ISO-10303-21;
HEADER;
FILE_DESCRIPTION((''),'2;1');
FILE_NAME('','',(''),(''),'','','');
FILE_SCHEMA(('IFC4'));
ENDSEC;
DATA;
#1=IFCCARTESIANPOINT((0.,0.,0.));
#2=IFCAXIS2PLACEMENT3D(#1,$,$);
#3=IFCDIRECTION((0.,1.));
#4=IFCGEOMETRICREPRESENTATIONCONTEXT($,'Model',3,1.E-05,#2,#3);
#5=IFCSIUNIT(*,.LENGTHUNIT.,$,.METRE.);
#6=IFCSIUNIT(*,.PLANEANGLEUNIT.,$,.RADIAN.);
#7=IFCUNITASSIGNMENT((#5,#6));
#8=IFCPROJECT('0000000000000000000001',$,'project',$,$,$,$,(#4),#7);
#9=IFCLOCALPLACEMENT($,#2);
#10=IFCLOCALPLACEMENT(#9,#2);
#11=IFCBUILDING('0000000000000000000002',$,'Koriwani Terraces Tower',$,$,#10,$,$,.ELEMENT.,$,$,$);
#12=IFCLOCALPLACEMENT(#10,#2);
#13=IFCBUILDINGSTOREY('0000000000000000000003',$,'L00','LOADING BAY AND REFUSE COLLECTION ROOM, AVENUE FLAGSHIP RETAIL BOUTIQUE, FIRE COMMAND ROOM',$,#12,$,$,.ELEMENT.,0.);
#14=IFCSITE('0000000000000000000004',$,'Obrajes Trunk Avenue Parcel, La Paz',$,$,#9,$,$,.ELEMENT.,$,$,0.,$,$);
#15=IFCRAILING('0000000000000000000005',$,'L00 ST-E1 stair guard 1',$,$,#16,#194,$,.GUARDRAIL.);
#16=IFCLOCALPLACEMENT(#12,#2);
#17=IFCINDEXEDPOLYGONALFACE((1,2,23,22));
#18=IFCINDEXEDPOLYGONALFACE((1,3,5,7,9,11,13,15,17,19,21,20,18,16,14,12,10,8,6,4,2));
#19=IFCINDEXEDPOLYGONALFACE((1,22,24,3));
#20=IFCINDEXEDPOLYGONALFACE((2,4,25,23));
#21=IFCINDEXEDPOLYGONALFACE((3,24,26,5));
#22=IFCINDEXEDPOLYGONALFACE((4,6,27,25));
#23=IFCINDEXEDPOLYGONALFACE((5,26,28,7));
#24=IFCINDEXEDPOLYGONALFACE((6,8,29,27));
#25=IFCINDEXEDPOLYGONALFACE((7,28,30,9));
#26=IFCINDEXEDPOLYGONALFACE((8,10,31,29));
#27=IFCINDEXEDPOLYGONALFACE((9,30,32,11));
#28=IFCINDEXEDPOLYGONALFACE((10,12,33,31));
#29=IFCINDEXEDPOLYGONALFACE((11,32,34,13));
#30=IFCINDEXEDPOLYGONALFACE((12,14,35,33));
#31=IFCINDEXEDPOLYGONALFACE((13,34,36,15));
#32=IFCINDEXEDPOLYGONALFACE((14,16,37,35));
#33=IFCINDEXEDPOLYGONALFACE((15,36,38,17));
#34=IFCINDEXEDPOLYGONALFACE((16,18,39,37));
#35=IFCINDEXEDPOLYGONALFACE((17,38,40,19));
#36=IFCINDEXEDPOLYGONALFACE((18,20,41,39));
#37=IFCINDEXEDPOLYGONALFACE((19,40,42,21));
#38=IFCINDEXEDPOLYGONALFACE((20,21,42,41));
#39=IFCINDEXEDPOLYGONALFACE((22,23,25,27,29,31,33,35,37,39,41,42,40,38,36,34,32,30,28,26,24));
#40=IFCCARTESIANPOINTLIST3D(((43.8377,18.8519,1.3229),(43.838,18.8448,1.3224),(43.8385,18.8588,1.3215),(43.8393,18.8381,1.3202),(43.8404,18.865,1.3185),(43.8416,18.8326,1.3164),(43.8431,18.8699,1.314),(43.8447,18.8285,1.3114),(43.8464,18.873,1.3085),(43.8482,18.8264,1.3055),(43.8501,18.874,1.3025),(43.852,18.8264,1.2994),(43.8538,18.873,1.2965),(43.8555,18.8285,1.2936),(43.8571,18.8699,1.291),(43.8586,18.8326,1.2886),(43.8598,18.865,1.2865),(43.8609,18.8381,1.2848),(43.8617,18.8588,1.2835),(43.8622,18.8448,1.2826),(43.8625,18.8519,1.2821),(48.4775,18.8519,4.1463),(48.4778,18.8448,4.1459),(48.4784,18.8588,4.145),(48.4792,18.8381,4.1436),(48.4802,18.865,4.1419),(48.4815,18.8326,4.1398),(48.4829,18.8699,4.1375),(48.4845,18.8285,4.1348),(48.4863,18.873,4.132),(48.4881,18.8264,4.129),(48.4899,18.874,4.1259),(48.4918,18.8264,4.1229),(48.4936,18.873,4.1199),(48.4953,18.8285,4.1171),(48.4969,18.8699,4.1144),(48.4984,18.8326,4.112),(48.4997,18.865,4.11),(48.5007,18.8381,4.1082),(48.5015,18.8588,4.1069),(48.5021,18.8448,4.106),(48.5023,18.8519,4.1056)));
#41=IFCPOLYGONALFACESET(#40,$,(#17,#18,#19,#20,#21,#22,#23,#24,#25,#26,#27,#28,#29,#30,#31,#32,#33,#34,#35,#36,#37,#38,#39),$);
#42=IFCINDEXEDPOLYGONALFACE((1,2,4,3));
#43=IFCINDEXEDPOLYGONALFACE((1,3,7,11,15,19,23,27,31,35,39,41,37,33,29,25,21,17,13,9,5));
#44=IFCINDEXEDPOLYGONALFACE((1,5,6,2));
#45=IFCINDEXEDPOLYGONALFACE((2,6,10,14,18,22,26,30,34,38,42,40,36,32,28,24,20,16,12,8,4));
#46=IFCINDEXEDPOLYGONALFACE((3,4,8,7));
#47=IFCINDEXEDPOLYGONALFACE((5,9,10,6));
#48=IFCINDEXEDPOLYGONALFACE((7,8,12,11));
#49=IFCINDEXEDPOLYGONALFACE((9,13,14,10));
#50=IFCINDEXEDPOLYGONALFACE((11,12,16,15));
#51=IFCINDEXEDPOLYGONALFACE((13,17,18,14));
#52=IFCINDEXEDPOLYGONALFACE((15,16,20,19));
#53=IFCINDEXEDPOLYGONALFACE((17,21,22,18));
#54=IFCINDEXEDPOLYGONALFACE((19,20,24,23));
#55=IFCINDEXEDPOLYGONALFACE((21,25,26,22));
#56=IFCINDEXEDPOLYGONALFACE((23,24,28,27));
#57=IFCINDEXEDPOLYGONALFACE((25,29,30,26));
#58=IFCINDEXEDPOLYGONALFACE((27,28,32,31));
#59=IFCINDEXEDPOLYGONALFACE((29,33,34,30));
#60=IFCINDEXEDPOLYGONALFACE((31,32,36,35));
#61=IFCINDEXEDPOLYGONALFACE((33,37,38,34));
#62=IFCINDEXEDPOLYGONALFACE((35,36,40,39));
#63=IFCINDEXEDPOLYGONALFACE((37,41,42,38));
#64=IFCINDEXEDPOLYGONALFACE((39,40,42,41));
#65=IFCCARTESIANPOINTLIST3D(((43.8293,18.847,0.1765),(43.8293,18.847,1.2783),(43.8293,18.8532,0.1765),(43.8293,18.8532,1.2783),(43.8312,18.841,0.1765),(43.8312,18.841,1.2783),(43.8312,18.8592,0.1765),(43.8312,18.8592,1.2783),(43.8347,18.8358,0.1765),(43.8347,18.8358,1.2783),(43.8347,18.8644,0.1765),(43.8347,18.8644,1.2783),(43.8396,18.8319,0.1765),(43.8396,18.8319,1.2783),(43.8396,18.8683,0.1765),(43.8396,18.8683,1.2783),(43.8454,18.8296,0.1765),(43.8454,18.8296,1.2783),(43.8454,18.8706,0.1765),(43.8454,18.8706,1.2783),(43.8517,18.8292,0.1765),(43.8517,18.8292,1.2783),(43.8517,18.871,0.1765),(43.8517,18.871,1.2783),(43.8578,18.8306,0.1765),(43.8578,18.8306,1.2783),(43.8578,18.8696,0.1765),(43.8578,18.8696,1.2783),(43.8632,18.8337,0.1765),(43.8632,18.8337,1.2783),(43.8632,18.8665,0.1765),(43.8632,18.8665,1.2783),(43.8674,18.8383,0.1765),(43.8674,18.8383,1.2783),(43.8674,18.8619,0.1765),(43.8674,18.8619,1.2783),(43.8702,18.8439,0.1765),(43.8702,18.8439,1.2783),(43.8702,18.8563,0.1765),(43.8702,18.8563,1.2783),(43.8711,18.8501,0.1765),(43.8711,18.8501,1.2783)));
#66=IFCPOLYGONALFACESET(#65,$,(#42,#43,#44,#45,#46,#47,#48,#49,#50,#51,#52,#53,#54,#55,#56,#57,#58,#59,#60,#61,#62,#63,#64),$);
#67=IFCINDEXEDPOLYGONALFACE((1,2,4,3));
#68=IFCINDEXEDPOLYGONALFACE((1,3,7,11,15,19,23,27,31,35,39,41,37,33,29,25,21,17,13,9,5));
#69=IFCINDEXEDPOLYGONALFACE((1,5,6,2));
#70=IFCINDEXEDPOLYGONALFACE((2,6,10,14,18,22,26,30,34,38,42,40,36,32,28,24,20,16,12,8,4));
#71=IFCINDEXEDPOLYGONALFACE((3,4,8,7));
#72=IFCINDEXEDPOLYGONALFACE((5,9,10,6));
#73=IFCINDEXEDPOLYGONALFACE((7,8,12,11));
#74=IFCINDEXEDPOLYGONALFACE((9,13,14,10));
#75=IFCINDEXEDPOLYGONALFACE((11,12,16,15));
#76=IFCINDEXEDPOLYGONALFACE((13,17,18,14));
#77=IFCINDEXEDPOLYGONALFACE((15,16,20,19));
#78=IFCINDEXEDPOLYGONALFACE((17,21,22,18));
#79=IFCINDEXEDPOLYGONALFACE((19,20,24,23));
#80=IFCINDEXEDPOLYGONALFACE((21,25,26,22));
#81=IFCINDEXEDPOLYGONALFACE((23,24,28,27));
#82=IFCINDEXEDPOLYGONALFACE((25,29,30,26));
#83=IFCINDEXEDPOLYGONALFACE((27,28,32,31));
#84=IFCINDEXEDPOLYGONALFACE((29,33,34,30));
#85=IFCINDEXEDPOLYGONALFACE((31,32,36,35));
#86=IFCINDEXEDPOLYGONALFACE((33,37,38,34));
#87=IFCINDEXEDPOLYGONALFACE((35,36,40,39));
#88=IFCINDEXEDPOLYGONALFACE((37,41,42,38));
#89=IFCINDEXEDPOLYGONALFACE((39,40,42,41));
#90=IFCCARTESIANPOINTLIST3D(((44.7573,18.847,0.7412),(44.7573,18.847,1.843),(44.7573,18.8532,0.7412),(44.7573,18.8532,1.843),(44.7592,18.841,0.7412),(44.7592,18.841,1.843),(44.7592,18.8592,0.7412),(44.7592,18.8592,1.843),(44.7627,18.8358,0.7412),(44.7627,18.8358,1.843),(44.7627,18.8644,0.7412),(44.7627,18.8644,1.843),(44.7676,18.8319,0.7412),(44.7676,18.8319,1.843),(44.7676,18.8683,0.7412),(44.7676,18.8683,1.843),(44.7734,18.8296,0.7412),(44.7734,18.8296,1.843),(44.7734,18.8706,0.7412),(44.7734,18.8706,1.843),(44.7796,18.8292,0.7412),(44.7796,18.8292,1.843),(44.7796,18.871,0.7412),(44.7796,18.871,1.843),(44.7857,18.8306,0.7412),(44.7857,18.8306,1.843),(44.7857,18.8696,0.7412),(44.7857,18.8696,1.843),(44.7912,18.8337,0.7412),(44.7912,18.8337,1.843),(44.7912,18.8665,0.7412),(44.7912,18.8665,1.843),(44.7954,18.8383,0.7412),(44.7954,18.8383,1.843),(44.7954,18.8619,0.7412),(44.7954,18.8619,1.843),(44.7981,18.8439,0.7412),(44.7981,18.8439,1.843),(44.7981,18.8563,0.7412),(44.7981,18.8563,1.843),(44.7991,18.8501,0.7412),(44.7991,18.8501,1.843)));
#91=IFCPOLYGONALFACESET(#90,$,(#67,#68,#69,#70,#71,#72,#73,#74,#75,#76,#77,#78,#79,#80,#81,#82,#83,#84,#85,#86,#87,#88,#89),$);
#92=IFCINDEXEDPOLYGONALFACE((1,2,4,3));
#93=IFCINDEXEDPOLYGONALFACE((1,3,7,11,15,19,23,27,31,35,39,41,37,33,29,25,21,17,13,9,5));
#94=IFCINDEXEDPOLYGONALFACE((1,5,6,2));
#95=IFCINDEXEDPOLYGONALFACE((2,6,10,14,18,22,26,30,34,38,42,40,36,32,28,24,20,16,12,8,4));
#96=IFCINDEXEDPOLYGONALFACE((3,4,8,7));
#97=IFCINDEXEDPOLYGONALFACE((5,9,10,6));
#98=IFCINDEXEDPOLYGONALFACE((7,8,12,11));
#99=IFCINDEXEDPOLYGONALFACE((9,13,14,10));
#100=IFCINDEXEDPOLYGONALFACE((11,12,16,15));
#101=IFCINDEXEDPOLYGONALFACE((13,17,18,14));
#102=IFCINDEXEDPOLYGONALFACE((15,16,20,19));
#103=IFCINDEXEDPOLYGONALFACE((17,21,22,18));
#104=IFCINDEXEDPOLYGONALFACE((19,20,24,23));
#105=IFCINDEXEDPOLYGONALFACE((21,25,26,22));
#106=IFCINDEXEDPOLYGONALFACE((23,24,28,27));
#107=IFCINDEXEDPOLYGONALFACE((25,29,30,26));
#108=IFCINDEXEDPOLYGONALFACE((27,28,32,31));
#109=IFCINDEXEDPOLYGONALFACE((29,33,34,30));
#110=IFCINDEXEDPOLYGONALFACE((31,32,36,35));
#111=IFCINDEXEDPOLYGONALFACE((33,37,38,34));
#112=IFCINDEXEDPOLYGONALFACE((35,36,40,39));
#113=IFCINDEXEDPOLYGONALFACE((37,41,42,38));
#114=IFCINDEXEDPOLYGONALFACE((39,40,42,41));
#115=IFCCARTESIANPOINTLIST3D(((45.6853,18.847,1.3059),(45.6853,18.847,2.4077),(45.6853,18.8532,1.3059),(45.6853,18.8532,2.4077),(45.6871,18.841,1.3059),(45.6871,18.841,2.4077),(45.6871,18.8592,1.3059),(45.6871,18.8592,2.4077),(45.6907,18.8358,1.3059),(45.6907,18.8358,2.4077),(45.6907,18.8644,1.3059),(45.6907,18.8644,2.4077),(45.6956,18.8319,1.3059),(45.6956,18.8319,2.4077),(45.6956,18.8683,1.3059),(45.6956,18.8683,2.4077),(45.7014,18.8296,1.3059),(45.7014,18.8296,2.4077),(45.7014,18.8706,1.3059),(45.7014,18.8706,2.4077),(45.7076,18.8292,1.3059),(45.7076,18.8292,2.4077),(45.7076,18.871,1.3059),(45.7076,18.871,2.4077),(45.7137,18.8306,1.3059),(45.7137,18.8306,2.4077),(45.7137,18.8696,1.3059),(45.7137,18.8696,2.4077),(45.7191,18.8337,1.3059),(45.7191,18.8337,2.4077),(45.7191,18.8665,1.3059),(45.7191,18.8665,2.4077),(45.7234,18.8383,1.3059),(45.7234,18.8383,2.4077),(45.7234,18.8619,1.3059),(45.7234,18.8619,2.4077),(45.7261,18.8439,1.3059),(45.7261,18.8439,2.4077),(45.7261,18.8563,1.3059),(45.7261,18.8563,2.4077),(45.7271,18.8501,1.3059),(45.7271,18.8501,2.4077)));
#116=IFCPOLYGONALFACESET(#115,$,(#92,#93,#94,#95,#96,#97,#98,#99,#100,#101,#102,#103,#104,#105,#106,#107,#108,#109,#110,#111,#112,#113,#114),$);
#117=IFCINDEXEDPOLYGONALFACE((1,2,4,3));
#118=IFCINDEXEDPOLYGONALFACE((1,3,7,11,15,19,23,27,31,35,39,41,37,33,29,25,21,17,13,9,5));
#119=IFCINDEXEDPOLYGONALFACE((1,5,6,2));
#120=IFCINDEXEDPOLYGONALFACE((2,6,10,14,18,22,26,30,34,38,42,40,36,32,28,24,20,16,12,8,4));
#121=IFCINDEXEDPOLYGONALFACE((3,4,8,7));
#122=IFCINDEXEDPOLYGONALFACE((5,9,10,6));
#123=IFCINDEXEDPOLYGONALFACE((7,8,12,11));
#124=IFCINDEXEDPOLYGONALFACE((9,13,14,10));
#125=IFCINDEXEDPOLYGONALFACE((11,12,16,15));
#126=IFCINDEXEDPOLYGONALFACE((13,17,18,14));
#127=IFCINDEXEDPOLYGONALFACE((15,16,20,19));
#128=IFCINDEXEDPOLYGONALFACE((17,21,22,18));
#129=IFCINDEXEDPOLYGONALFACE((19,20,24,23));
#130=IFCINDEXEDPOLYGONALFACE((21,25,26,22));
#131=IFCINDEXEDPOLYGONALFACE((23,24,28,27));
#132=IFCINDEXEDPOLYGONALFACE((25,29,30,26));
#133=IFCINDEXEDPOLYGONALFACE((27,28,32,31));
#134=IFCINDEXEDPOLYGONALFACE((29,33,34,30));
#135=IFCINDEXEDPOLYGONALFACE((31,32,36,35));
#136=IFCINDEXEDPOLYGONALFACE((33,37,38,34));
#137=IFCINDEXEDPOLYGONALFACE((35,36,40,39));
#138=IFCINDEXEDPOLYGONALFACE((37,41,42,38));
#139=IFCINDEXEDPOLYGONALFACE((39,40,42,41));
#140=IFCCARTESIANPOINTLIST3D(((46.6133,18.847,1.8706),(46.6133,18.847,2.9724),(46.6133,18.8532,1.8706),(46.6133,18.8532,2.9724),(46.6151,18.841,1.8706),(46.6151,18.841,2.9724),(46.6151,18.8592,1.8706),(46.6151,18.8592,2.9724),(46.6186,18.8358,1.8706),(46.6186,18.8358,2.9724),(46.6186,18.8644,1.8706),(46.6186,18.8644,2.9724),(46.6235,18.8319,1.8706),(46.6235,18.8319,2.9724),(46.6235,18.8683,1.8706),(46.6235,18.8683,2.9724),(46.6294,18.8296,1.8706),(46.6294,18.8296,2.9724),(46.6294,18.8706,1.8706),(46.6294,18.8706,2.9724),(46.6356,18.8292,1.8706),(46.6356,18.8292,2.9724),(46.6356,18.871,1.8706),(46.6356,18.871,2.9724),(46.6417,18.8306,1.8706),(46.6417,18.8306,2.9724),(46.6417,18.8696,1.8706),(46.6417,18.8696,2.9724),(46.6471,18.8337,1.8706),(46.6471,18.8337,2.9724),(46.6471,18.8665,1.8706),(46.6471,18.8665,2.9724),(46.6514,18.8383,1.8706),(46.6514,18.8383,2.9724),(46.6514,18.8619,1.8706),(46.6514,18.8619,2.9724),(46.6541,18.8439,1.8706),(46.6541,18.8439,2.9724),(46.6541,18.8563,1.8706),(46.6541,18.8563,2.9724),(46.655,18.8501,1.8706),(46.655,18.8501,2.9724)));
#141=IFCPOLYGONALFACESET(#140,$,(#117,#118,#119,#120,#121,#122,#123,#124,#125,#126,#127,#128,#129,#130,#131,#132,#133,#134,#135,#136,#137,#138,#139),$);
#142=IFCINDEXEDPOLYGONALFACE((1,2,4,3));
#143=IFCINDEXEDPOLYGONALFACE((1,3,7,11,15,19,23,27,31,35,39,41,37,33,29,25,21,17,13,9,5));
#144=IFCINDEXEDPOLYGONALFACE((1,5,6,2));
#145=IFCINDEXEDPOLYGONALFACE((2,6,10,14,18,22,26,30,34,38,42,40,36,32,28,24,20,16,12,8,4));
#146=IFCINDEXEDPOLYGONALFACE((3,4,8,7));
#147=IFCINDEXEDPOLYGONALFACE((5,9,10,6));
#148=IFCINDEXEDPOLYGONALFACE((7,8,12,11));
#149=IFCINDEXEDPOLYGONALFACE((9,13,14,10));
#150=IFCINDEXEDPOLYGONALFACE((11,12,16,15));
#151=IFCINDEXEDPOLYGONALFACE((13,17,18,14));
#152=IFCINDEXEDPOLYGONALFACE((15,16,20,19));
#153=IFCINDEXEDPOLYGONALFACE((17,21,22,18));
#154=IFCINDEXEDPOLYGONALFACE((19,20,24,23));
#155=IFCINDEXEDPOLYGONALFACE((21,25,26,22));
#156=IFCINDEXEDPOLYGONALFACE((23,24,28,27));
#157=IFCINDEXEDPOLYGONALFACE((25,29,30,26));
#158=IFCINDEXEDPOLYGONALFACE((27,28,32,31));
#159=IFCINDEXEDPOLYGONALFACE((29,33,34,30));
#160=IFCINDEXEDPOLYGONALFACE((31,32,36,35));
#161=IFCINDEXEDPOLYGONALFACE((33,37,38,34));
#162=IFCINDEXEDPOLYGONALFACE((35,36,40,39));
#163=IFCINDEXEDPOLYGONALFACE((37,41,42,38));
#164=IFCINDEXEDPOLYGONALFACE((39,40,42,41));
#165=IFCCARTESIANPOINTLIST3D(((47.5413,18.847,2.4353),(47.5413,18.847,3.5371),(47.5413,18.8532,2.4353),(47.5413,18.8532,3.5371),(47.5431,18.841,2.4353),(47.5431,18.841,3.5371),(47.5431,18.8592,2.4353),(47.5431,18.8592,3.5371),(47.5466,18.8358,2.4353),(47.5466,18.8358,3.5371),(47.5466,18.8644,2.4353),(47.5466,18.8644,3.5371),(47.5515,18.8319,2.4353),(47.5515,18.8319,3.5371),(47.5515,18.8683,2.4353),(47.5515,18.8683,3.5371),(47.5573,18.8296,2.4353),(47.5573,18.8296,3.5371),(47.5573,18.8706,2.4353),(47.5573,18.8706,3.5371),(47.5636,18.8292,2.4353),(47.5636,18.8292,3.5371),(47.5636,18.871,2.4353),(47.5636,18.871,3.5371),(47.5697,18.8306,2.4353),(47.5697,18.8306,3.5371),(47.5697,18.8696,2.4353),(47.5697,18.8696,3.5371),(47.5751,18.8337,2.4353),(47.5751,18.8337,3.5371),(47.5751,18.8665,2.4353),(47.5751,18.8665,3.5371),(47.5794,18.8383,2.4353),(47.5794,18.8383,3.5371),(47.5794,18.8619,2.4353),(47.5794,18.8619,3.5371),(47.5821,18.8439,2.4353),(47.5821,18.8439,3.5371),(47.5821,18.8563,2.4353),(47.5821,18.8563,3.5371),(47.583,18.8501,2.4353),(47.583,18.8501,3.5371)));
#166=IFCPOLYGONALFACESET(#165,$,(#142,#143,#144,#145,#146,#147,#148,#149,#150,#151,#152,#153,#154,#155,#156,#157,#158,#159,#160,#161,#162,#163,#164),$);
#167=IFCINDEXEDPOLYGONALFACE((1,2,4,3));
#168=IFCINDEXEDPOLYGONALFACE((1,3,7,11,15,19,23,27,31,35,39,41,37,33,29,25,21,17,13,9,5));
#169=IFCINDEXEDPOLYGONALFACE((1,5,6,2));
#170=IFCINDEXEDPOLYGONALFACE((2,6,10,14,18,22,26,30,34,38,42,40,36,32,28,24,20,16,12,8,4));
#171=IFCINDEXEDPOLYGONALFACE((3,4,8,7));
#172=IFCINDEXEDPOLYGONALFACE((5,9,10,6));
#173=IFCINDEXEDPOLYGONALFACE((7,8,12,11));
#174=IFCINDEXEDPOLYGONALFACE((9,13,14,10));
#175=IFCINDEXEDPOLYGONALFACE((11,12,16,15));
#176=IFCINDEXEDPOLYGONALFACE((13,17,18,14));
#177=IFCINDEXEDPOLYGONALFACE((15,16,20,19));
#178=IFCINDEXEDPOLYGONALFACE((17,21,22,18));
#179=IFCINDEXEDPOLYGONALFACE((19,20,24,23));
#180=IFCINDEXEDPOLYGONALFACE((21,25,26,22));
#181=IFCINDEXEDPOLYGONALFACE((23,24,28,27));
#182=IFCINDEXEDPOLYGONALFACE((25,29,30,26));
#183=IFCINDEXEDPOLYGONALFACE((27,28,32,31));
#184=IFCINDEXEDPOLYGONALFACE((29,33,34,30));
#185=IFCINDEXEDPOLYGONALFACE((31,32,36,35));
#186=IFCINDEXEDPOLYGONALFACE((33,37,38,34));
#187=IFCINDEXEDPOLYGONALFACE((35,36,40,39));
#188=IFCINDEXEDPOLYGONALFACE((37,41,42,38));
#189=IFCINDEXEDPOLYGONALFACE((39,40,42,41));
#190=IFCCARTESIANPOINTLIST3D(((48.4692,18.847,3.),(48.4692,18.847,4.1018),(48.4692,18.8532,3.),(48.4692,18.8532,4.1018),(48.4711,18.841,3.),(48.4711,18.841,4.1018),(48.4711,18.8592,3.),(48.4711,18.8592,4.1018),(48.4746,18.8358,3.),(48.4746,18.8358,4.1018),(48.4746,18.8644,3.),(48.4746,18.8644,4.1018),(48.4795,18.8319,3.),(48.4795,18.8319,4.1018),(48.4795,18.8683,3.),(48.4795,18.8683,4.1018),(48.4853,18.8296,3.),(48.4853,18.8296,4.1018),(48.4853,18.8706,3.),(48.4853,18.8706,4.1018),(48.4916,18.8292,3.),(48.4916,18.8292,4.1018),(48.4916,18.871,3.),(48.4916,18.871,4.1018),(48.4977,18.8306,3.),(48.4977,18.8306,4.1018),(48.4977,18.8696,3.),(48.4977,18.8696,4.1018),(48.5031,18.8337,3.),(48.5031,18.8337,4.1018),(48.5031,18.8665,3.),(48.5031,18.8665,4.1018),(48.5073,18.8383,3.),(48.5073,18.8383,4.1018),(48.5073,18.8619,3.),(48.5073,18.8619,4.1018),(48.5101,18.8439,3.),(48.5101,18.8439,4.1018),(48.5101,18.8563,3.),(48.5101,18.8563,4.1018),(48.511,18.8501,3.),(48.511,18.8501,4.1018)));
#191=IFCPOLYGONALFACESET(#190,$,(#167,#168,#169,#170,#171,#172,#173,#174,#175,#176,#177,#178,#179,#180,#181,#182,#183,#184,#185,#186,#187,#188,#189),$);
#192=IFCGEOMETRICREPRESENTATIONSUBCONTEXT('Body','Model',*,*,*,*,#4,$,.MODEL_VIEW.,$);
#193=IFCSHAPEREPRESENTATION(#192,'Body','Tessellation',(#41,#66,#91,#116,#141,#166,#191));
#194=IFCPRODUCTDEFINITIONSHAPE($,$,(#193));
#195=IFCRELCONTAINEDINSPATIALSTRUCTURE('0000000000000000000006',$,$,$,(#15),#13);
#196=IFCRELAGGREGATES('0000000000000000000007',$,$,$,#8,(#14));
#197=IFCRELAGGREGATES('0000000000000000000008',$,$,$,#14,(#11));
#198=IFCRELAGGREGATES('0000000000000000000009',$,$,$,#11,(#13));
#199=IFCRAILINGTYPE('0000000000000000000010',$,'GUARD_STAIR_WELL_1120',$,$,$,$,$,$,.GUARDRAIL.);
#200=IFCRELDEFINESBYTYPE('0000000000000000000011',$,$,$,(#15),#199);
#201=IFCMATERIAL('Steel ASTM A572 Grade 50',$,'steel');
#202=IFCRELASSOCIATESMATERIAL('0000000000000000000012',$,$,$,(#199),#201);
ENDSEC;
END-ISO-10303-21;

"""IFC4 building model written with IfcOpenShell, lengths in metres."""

from ifc_helpers import new_model, si_unit, direction, frame, origin, origin_2d, place, context, subcontext, project, spatial, circle, extrude, material, type_object, element, save


model = new_model("IFC4")

# Units and contexts
model_context = context("Model", 3, precision=1e-05, world=origin(), true_north=direction((0.0, 1.0)))
body_context = subcontext(model_context, "Body", "Model", "MODEL_VIEW")
ifc_project = project(units=[si_unit("LENGTHUNIT", "METRE"), si_unit("PLANEANGLEUNIT", "RADIAN")], contexts=[model_context])

# Site, building, storey
site_placement = place(None, origin())
site = spatial("IfcSite", under=ifc_project, at=site_placement, Name="Obrajes Trunk Avenue Parcel, La Paz", CompositionType="ELEMENT", RefElevation=0.0)
building_placement = place(site_placement, origin())
building = spatial("IfcBuilding", under=site, at=building_placement, Name="Koriwani Terraces Tower", CompositionType="ELEMENT")
storey_placement = place(building_placement, origin())
storey = spatial("IfcBuildingStorey", under=building, at=storey_placement, Name="L00", Description="LOADING BAY AND REFUSE COLLECTION ROOM, AVENUE FLAGSHIP RETAIL BOUTIQUE, FIRE COMMAND ROOM", CompositionType="ELEMENT", Elevation=0.0)

# Shared definitions
ifc_material_1 = material(Name="Steel ASTM A572 Grade 50", Category="steel")

# Railing
railing_type_1 = type_object("IfcRailingType", Name="GUARD_STAIR_WELL_1120", PredefinedType="GUARDRAIL", material=ifc_material_1)
railing_1_placement = place(storey_placement, frame((43.8501, 18.8501, 0.1765)))
element("IfcRailing", 1, at=railing_1_placement, inside=storey, type_object=railing_type_1, Name="L00 ST-E1 stair guard 1", PredefinedType="GUARDRAIL", context=body_context, shape_type="SweptSolid", body=[
    extrude(circle(Radius=0.0239, at=origin_2d()), frame((0.0, 0.0, 1.126), z_axis=(0.854264, 0.0, 0.51984), x_axis=(0.0, 1.0, 0.0)), (0.0, 0.0, 1.0), 5.4314),
    extrude(circle(Radius=0.021, at=origin_2d()), origin(), (0.0, 0.0, 1.0), 1.1018),
    extrude(circle(Radius=0.021, at=origin_2d()), frame((0.928, 0.0, 0.5647)), (0.0, 0.0, 1.0), 1.1018),
    extrude(circle(Radius=0.021, at=origin_2d()), frame((1.856, 0.0, 1.1294)), (0.0, 0.0, 1.0), 1.1018),
    extrude(circle(Radius=0.021, at=origin_2d()), frame((2.7839, 0.0, 1.6941)), (0.0, 0.0, 1.0), 1.1018),
    extrude(circle(Radius=0.021, at=origin_2d()), frame((3.7119, 0.0, 2.2588)), (0.0, 0.0, 1.0), 1.1018),
    extrude(circle(Radius=0.021, at=origin_2d()), frame((4.6399, 0.0, 2.8235)), (0.0, 0.0, 1.0), 1.1018),
])

save(model, "model.ifc")
